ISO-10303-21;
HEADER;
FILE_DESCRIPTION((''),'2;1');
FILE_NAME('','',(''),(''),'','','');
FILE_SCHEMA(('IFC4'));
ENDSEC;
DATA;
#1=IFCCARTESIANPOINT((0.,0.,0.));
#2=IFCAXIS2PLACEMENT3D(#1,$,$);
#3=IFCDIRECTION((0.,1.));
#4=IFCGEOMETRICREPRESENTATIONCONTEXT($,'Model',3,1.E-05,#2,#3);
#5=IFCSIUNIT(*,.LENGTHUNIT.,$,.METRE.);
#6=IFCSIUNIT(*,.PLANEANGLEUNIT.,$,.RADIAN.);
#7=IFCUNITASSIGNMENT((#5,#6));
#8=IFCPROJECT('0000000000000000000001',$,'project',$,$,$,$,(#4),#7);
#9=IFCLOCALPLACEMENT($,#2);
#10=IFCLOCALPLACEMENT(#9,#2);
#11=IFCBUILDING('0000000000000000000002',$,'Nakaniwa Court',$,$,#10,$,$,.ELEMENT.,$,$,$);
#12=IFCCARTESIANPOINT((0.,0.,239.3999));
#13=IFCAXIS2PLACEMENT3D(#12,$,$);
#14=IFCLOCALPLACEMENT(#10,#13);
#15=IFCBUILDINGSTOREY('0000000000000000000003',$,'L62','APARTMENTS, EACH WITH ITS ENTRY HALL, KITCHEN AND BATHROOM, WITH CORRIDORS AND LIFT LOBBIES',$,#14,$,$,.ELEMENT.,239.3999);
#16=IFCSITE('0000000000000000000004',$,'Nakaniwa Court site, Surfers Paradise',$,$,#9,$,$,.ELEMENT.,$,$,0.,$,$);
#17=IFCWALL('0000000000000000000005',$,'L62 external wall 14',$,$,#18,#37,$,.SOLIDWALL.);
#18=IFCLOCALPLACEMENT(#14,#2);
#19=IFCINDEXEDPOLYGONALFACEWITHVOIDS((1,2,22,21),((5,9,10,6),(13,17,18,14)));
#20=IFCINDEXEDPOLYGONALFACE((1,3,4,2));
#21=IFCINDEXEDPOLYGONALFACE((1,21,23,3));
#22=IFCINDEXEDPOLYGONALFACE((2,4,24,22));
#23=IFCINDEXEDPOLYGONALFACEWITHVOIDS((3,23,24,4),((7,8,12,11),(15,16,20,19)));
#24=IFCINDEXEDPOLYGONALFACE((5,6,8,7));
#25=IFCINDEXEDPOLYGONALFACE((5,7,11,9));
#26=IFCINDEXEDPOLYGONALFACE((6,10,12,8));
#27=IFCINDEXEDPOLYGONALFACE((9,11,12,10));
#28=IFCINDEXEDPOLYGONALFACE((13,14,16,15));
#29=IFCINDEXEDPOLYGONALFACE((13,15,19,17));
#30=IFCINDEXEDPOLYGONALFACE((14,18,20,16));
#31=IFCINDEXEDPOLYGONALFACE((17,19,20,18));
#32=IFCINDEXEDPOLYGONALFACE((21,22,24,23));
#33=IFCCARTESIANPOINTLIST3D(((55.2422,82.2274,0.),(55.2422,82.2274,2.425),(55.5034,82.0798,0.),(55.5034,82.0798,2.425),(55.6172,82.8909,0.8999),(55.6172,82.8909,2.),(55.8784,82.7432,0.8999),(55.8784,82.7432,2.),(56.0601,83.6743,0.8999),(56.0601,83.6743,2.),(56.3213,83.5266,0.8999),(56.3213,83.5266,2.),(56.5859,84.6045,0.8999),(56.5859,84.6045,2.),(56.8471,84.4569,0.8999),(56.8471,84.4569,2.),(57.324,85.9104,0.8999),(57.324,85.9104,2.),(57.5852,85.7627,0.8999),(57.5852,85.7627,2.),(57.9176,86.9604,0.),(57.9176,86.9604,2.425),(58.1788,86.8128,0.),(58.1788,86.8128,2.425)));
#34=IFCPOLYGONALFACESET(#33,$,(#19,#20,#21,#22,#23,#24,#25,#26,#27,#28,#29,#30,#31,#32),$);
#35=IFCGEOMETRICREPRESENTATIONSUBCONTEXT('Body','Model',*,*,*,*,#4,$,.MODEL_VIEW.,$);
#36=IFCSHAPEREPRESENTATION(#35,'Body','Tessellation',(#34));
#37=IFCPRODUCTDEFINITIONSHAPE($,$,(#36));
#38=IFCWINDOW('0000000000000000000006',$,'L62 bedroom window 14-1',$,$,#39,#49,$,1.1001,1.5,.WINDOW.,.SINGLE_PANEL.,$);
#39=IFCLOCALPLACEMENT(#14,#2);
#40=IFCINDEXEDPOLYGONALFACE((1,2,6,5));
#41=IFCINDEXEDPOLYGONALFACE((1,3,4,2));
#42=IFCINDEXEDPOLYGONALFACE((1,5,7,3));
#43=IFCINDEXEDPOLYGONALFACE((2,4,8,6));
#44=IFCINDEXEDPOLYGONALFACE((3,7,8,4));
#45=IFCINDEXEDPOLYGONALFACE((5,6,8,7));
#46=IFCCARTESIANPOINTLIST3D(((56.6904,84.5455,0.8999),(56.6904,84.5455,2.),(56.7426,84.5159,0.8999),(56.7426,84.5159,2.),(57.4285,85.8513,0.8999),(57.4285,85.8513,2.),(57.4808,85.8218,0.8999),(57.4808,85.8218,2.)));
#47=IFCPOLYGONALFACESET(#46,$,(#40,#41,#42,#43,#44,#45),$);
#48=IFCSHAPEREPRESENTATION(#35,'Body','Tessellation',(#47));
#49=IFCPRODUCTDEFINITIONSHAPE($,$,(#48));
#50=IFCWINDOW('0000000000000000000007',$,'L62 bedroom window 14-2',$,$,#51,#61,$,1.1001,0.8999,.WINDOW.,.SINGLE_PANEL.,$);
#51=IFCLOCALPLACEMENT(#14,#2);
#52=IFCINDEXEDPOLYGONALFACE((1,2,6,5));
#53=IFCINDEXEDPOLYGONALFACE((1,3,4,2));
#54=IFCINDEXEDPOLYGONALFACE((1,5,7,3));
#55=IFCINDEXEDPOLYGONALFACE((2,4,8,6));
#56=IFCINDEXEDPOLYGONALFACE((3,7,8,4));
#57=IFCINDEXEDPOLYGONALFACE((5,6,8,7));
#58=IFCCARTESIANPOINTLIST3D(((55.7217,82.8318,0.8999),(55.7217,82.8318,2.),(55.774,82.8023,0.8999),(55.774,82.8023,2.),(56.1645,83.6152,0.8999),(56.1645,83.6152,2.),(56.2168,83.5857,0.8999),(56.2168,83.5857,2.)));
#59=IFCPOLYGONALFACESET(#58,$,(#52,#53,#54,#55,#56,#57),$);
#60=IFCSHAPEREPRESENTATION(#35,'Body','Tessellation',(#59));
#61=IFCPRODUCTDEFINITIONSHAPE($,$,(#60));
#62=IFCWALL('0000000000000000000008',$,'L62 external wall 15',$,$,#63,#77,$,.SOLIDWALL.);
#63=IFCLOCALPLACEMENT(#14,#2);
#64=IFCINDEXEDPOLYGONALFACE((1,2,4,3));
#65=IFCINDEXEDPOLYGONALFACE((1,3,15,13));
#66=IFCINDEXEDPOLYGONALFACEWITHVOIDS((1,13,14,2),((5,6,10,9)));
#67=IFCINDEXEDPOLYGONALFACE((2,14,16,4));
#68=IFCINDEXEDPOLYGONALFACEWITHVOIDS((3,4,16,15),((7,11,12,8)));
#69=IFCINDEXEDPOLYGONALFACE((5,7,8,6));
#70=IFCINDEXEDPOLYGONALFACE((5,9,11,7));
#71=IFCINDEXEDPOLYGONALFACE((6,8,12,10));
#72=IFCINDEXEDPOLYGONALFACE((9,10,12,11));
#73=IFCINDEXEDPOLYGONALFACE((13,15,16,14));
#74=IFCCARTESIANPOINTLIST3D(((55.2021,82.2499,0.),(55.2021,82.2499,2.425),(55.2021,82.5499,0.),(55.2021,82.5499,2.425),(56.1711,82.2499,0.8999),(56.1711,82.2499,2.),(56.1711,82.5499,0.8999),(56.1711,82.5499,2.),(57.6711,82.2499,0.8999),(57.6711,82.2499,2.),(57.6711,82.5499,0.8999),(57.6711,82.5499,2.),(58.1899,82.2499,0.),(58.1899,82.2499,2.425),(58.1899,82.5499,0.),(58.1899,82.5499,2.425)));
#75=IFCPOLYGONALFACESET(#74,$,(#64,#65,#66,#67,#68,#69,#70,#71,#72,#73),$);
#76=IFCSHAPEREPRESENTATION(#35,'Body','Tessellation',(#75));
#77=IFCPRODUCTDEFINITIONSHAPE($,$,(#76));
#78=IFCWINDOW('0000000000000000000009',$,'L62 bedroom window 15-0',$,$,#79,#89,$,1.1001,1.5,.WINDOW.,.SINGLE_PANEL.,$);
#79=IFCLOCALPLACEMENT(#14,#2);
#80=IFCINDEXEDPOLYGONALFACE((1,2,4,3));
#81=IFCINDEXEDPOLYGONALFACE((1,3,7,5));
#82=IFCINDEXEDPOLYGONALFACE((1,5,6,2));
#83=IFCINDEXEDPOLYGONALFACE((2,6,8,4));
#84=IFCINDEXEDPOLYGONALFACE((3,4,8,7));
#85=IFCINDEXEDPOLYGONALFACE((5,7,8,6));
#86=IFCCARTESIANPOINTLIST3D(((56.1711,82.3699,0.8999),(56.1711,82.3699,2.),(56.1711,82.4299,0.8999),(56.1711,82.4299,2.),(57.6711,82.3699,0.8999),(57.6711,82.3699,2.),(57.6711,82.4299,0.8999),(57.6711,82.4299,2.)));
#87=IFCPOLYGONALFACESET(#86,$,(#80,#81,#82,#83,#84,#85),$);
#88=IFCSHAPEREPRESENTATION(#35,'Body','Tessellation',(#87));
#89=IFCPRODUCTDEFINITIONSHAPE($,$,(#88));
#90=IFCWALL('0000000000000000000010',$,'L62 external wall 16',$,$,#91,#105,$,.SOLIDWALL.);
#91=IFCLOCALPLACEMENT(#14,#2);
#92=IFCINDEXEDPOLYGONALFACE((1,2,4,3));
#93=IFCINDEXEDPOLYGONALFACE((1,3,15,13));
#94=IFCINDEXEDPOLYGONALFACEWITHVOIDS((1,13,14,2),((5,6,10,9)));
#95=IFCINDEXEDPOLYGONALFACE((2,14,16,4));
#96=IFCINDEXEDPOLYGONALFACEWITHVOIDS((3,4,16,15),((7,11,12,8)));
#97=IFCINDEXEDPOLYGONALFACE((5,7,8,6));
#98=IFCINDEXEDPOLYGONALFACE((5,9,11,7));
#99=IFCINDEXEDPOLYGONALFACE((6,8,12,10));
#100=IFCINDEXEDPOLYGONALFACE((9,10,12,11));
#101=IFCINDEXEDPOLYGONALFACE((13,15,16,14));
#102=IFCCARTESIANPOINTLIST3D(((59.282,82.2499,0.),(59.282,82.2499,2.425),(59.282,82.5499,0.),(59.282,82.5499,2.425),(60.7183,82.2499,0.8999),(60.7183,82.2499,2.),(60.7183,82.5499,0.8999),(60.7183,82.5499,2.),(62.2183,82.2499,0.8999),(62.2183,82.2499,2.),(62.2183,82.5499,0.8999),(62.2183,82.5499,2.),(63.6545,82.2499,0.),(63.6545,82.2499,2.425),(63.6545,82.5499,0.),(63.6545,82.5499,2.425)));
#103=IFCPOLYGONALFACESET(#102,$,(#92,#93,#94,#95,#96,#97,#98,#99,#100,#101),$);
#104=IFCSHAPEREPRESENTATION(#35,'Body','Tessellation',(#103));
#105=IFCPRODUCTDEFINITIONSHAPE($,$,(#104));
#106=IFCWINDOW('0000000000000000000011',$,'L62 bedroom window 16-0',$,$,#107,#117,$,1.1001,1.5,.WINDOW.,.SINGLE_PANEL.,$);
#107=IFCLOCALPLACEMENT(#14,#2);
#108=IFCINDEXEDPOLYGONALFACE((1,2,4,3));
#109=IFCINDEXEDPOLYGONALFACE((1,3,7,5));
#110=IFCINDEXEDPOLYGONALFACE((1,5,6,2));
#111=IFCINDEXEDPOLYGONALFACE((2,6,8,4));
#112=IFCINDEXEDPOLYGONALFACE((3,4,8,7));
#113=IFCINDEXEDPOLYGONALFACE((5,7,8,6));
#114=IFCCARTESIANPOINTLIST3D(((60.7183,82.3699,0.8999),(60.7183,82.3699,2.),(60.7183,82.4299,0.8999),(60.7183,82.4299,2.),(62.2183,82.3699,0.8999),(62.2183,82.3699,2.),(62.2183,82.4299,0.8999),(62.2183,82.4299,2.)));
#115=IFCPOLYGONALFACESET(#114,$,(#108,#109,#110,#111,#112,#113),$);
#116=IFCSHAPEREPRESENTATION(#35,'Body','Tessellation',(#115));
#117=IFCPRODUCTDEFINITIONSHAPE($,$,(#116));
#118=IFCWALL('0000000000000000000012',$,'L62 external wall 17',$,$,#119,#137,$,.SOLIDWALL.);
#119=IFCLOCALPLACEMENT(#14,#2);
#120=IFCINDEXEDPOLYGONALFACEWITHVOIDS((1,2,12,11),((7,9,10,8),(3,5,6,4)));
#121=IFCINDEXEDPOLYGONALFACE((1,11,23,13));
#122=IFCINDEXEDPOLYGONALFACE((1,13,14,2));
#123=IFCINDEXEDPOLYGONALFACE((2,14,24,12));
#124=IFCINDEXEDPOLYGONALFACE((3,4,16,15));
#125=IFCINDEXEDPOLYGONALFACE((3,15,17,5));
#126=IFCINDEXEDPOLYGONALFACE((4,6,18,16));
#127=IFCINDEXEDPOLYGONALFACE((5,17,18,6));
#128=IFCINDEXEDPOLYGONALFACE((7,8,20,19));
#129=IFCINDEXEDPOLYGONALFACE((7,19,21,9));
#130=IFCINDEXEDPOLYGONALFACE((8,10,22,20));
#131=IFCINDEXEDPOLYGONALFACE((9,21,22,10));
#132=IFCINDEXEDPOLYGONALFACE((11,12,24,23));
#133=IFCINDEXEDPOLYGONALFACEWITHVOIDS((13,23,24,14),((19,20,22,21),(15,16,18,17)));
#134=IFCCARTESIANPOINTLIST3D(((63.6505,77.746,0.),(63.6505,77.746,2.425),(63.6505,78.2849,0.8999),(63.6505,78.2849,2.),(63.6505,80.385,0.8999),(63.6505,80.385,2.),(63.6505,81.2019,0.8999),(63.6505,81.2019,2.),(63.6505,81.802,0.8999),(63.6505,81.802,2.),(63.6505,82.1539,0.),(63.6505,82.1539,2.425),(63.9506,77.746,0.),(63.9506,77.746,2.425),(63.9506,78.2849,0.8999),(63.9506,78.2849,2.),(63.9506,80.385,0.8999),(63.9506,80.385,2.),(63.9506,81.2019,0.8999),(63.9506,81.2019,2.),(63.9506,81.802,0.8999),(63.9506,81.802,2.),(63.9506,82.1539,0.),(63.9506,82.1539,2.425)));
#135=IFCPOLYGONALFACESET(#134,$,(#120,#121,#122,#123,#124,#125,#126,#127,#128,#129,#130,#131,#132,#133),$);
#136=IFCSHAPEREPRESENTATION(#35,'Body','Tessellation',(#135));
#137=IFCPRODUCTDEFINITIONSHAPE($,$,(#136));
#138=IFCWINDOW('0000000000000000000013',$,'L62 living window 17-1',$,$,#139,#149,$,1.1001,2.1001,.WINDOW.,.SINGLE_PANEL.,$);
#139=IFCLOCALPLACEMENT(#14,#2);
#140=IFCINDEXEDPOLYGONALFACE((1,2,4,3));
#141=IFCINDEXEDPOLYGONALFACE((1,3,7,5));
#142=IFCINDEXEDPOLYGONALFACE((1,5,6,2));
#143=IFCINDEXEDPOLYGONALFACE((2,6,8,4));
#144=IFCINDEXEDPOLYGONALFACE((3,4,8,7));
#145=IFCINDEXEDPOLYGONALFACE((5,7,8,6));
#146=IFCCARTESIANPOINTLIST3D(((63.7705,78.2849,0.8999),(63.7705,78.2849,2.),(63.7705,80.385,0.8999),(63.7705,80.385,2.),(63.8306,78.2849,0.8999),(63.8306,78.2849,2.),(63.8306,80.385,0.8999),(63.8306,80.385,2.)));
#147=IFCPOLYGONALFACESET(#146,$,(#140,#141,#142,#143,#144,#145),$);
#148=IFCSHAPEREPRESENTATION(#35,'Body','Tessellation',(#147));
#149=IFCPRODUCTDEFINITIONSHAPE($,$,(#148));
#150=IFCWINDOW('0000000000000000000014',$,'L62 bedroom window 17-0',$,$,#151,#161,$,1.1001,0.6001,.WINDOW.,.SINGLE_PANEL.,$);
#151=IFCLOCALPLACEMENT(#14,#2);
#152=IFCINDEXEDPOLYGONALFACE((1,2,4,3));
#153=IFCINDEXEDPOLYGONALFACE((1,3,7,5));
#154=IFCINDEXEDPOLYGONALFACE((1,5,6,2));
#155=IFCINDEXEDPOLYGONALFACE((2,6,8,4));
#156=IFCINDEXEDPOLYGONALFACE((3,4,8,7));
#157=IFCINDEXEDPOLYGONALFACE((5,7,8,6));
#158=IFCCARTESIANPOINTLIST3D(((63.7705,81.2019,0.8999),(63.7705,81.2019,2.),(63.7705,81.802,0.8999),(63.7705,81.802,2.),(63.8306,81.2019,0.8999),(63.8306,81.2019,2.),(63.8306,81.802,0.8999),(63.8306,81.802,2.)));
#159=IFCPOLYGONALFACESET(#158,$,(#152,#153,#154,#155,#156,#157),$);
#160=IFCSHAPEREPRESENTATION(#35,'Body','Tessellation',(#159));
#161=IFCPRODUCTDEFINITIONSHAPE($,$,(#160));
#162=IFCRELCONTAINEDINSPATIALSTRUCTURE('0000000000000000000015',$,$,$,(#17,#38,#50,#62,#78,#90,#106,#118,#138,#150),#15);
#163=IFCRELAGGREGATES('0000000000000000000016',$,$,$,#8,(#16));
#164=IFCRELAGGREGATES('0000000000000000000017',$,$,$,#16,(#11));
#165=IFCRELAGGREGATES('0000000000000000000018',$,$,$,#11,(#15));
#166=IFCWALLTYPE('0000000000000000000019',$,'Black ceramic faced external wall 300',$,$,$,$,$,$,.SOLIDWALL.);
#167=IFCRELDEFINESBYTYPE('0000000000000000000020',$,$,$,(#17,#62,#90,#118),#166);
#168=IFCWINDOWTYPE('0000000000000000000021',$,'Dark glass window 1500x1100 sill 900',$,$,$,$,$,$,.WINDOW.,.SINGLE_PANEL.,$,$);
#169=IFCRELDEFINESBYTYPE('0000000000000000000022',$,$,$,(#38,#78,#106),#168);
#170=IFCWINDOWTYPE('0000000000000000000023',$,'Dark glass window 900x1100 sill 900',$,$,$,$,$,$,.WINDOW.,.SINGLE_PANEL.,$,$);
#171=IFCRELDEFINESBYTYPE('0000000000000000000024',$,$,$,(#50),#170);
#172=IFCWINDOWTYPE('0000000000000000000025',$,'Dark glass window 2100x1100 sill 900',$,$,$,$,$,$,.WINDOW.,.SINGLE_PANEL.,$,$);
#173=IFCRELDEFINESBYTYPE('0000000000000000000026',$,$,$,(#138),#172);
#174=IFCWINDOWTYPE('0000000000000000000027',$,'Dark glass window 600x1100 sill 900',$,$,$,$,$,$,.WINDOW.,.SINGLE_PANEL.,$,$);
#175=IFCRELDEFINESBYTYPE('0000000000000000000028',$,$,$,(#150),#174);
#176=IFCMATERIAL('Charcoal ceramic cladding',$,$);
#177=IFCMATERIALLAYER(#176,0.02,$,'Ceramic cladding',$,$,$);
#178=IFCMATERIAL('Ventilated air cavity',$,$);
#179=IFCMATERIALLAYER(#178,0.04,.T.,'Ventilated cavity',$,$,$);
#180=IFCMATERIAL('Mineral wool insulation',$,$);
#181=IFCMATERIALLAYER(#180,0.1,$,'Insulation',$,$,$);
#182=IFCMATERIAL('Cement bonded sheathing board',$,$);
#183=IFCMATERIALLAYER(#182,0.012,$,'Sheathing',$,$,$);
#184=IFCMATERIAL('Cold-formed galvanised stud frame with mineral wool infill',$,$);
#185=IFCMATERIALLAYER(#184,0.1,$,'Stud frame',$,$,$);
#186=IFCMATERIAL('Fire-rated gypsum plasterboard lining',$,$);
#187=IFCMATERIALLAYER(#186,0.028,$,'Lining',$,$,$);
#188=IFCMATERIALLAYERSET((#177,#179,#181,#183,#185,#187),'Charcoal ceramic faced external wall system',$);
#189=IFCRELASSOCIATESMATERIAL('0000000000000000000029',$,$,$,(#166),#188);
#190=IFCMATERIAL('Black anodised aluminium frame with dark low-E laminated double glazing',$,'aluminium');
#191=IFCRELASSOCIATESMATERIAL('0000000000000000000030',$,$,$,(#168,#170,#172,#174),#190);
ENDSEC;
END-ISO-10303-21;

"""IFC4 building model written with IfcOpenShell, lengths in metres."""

from ifc_helpers import new_model, si_unit, direction, frame, frame_2d, origin, place, context, subcontext, project, spatial, rectangle, extrude, material, layer, layer_set, type_object, element, fill, save


model = new_model("IFC4")

# Units and contexts
model_context = context("Model", 3, precision=1e-05, world=origin(), true_north=direction((0.0, 1.0)))
body_context = subcontext(model_context, "Body", "Model", "MODEL_VIEW")
ifc_project = project(units=[si_unit("LENGTHUNIT", "METRE"), si_unit("PLANEANGLEUNIT", "RADIAN")], contexts=[model_context])

# Site, building, storey
site_placement = place(None, origin())
site = spatial("IfcSite", under=ifc_project, at=site_placement, Name="Nakaniwa Court site, Surfers Paradise", CompositionType="ELEMENT", RefElevation=0.0)
building_placement = place(site_placement, origin())
building = spatial("IfcBuilding", under=site, at=building_placement, Name="Nakaniwa Court", CompositionType="ELEMENT")
storey_placement = place(building_placement, frame((0.0, 0.0, 239.3999)))
storey = spatial("IfcBuildingStorey", under=building, at=storey_placement, Name="L62", Description="APARTMENTS, EACH WITH ITS ENTRY HALL, KITCHEN AND BATHROOM, WITH CORRIDORS AND LIFT LOBBIES", CompositionType="ELEMENT", Elevation=239.3999)

# Shared definitions
ifc_material_1 = material(Name="Charcoal ceramic cladding")
ifc_layer_1 = layer(ifc_material_1, 0.02, Name="Ceramic cladding")
ifc_material_2 = material(Name="Ventilated air cavity")
ifc_layer_2 = layer(ifc_material_2, 0.04, ventilated=True, Name="Ventilated cavity")
ifc_material_3 = material(Name="Mineral wool insulation")
ifc_layer_3 = layer(ifc_material_3, 0.1, Name="Insulation")
ifc_material_4 = material(Name="Cement bonded sheathing board")
ifc_layer_4 = layer(ifc_material_4, 0.012, Name="Sheathing")
ifc_material_5 = material(Name="Cold-formed galvanised stud frame with mineral wool infill")
ifc_layer_5 = layer(ifc_material_5, 0.1, Name="Stud frame")
ifc_material_6 = material(Name="Fire-rated gypsum plasterboard lining")
ifc_layer_6 = layer(ifc_material_6, 0.028, Name="Lining")
ifc_layer_set_1 = layer_set([ifc_layer_1, ifc_layer_2, ifc_layer_3, ifc_layer_4, ifc_layer_5, ifc_layer_6], Name="Charcoal ceramic faced external wall system")
wall_type_1 = type_object("IfcWallType", Name="Black ceramic faced external wall 300", PredefinedType="SOLIDWALL", material=ifc_layer_set_1)

# Wall, openings, windows
wall_1_placement = place(storey_placement, frame((58.0481, 86.8865, 0.0), z_axis=(0.0, 0.0, 1.0), x_axis=(-0.492081, -0.870549, 0.0)))
wall_1 = element("IfcWall", 1, at=wall_1_placement, inside=storey, type_object=wall_type_1, Name="L62 external wall 14", PredefinedType="SOLIDWALL", context=body_context, shape_type="SweptSolid", body=[
    extrude(rectangle(XDim=5.4368, YDim=0.3, at=frame_2d((2.7183, 0.0))), origin(), (0.0, 0.0, 1.0), 2.425),
])
opening_1_placement = place(wall_1_placement, frame((1.2061, 0.0, 0.8999)))
opening_1 = element("IfcOpeningElement", 2, at=opening_1_placement, cuts=wall_1, PredefinedType="OPENING", context=body_context, shape_type="SweptSolid", body=[
    extrude(rectangle(XDim=1.5, YDim=1.1001, at=frame_2d((0.75, 0.55))), frame((0.0, 0.1599, 0.0), z_axis=(0.0, -1.0, 0.0), x_axis=(1.0, 0.0, 0.0)), (0.0, 0.0, 1.0), 0.3201),
])
opening_2_placement = place(wall_1_placement, frame((3.7747, 0.0, 0.8999)))
opening_2 = element("IfcOpeningElement", 3, at=opening_2_placement, cuts=wall_1, PredefinedType="OPENING", context=body_context, shape_type="SweptSolid", body=[
    extrude(rectangle(XDim=0.8999, YDim=1.1001, at=frame_2d((0.45, 0.55))), frame((0.0, 0.1599, 0.0), z_axis=(0.0, -1.0, 0.0), x_axis=(1.0, 0.0, 0.0)), (0.0, 0.0, 1.0), 0.3201),
])
ifc_material_7 = material(Name="Black anodised aluminium frame with dark low-E laminated double glazing", Category="aluminium")
window_type_1 = type_object("IfcWindowType", Name="Dark glass window 1500x1100 sill 900", PartitioningType="SINGLE_PANEL", PredefinedType="WINDOW", material=ifc_material_7)
window_1_placement = place(opening_1_placement, origin())
window_1 = element("IfcWindow", 4, at=window_1_placement, inside=storey, type_object=window_type_1, Name="L62 bedroom window 14-1", OverallHeight=1.1001, OverallWidth=1.5, PartitioningType="SINGLE_PANEL", PredefinedType="WINDOW", context=body_context, shape_type="SweptSolid", body=[
    extrude(rectangle(XDim=1.5, YDim=1.1001, at=frame_2d((0.75, 0.55))), frame((0.0, 0.03, 0.0), z_axis=(0.0, -1.0, 0.0), x_axis=(1.0, 0.0, 0.0)), (0.0, 0.0, 1.0), 0.0601),
])
fill(opening_1, window_1)
window_type_2 = type_object("IfcWindowType", Name="Dark glass window 900x1100 sill 900", PartitioningType="SINGLE_PANEL", PredefinedType="WINDOW", material=ifc_material_7)
window_2_placement = place(opening_2_placement, origin())
window_2 = element("IfcWindow", 5, at=window_2_placement, inside=storey, type_object=window_type_2, Name="L62 bedroom window 14-2", OverallHeight=1.1001, OverallWidth=0.8999, PartitioningType="SINGLE_PANEL", PredefinedType="WINDOW", context=body_context, shape_type="SweptSolid", body=[
    extrude(rectangle(XDim=0.8999, YDim=1.1001, at=frame_2d((0.45, 0.55))), frame((0.0, 0.03, 0.0), z_axis=(0.0, -1.0, 0.0), x_axis=(1.0, 0.0, 0.0)), (0.0, 0.0, 1.0), 0.0601),
])
fill(opening_2, window_2)

# Walls, openings, windows
wall_2_placement = place(storey_placement, frame((55.2021, 82.3999, 0.0), z_axis=(0.0, 0.0, 1.0), x_axis=(1.0, 0.0, 0.0)))
wall_2 = element("IfcWall", 6, at=wall_2_placement, inside=storey, type_object=wall_type_1, Name="L62 external wall 15", PredefinedType="SOLIDWALL", context=body_context, shape_type="SweptSolid", body=[
    extrude(rectangle(XDim=2.9878, YDim=0.3, at=frame_2d((1.4939, 0.0))), origin(), (0.0, 0.0, 1.0), 2.425),
])
opening_3_placement = place(wall_2_placement, frame((0.969, 0.0, 0.8999)))
opening_3 = element("IfcOpeningElement", 7, at=opening_3_placement, cuts=wall_2, PredefinedType="OPENING", context=body_context, shape_type="SweptSolid", body=[
    extrude(rectangle(XDim=1.5, YDim=1.1001, at=frame_2d((0.75, 0.55))), frame((0.0, 0.1599, 0.0), z_axis=(0.0, -1.0, 0.0), x_axis=(1.0, 0.0, 0.0)), (0.0, 0.0, 1.0), 0.3201),
])
window_3_placement = place(opening_3_placement, origin())
window_3 = element("IfcWindow", 8, at=window_3_placement, inside=storey, type_object=window_type_1, Name="L62 bedroom window 15-0", OverallHeight=1.1001, OverallWidth=1.5, PartitioningType="SINGLE_PANEL", PredefinedType="WINDOW", context=body_context, shape_type="SweptSolid", body=[
    extrude(rectangle(XDim=1.5, YDim=1.1001, at=frame_2d((0.75, 0.55))), frame((0.0, 0.03, 0.0), z_axis=(0.0, -1.0, 0.0), x_axis=(1.0, 0.0, 0.0)), (0.0, 0.0, 1.0), 0.0601),
])
fill(opening_3, window_3)
wall_3_placement = place(storey_placement, frame((59.282, 82.3999, 0.0), z_axis=(0.0, 0.0, 1.0), x_axis=(1.0, 0.0, 0.0)))
wall_3 = element("IfcWall", 9, at=wall_3_placement, inside=storey, type_object=wall_type_1, Name="L62 external wall 16", PredefinedType="SOLIDWALL", context=body_context, shape_type="SweptSolid", body=[
    extrude(rectangle(XDim=4.3726, YDim=0.3, at=frame_2d((2.1863, 0.0))), origin(), (0.0, 0.0, 1.0), 2.425),
])
opening_4_placement = place(wall_3_placement, frame((1.4363, 0.0, 0.8999)))
opening_4 = element("IfcOpeningElement", 10, at=opening_4_placement, cuts=wall_3, PredefinedType="OPENING", context=body_context, shape_type="SweptSolid", body=[
    extrude(rectangle(XDim=1.5, YDim=1.1001, at=frame_2d((0.75, 0.55))), frame((0.0, 0.1599, 0.0), z_axis=(0.0, -1.0, 0.0), x_axis=(1.0, 0.0, 0.0)), (0.0, 0.0, 1.0), 0.3201),
])
window_4_placement = place(opening_4_placement, origin())
window_4 = element("IfcWindow", 11, at=window_4_placement, inside=storey, type_object=window_type_1, Name="L62 bedroom window 16-0", OverallHeight=1.1001, OverallWidth=1.5, PartitioningType="SINGLE_PANEL", PredefinedType="WINDOW", context=body_context, shape_type="SweptSolid", body=[
    extrude(rectangle(XDim=1.5, YDim=1.1001, at=frame_2d((0.75, 0.55))), frame((0.0, 0.03, 0.0), z_axis=(0.0, -1.0, 0.0), x_axis=(1.0, 0.0, 0.0)), (0.0, 0.0, 1.0), 0.0601),
])
fill(opening_4, window_4)

# Wall, openings, windows
wall_4_placement = place(storey_placement, frame((63.8005, 82.1541, 0.0), z_axis=(0.0, 0.0, 1.0), x_axis=(0.0, -1.0, 0.0)))
wall_4 = element("IfcWall", 12, at=wall_4_placement, inside=storey, type_object=wall_type_1, Name="L62 external wall 17", PredefinedType="SOLIDWALL", context=body_context, shape_type="SweptSolid", body=[
    extrude(rectangle(XDim=4.408, YDim=0.3, at=frame_2d((2.2041, 0.0))), origin(), (0.0, 0.0, 1.0), 2.425),
])
opening_5_placement = place(wall_4_placement, frame((0.3521, 0.0, 0.8999)))
opening_5 = element("IfcOpeningElement", 13, at=opening_5_placement, cuts=wall_4, PredefinedType="OPENING", context=body_context, shape_type="SweptSolid", body=[
    extrude(rectangle(XDim=0.6001, YDim=1.1001, at=frame_2d((0.3, 0.55))), frame((0.0, 0.1599, 0.0), z_axis=(0.0, -1.0, 0.0), x_axis=(1.0, 0.0, 0.0)), (0.0, 0.0, 1.0), 0.3201),
])
opening_6_placement = place(wall_4_placement, frame((1.769, 0.0, 0.8999)))
opening_6 = element("IfcOpeningElement", 14, at=opening_6_placement, cuts=wall_4, PredefinedType="OPENING", context=body_context, shape_type="SweptSolid", body=[
    extrude(rectangle(XDim=2.1001, YDim=1.1001, at=frame_2d((1.05, 0.55))), frame((0.0, 0.1599, 0.0), z_axis=(0.0, -1.0, 0.0), x_axis=(1.0, 0.0, 0.0)), (0.0, 0.0, 1.0), 0.3201),
])
window_type_3 = type_object("IfcWindowType", Name="Dark glass window 2100x1100 sill 900", PartitioningType="SINGLE_PANEL", PredefinedType="WINDOW", material=ifc_material_7)
window_5_placement = place(opening_6_placement, origin())
window_5 = element("IfcWindow", 15, at=window_5_placement, inside=storey, type_object=window_type_3, Name="L62 living window 17-1", OverallHeight=1.1001, OverallWidth=2.1001, PartitioningType="SINGLE_PANEL", PredefinedType="WINDOW", context=body_context, shape_type="SweptSolid", body=[
    extrude(rectangle(XDim=2.1001, YDim=1.1001, at=frame_2d((1.05, 0.55))), frame((0.0, 0.03, 0.0), z_axis=(0.0, -1.0, 0.0), x_axis=(1.0, 0.0, 0.0)), (0.0, 0.0, 1.0), 0.0601),
])
fill(opening_6, window_5)
window_type_4 = type_object("IfcWindowType", Name="Dark glass window 600x1100 sill 900", PartitioningType="SINGLE_PANEL", PredefinedType="WINDOW", material=ifc_material_7)
window_6_placement = place(opening_5_placement, origin())
window_6 = element("IfcWindow", 16, at=window_6_placement, inside=storey, type_object=window_type_4, Name="L62 bedroom window 17-0", OverallHeight=1.1001, OverallWidth=0.6001, PartitioningType="SINGLE_PANEL", PredefinedType="WINDOW", context=body_context, shape_type="SweptSolid", body=[
    extrude(rectangle(XDim=0.6001, YDim=1.1001, at=frame_2d((0.3, 0.55))), frame((0.0, 0.03, 0.0), z_axis=(0.0, -1.0, 0.0), x_axis=(1.0, 0.0, 0.0)), (0.0, 0.0, 1.0), 0.0601),
])
fill(opening_5, window_6)

save(model, "model.ifc")
